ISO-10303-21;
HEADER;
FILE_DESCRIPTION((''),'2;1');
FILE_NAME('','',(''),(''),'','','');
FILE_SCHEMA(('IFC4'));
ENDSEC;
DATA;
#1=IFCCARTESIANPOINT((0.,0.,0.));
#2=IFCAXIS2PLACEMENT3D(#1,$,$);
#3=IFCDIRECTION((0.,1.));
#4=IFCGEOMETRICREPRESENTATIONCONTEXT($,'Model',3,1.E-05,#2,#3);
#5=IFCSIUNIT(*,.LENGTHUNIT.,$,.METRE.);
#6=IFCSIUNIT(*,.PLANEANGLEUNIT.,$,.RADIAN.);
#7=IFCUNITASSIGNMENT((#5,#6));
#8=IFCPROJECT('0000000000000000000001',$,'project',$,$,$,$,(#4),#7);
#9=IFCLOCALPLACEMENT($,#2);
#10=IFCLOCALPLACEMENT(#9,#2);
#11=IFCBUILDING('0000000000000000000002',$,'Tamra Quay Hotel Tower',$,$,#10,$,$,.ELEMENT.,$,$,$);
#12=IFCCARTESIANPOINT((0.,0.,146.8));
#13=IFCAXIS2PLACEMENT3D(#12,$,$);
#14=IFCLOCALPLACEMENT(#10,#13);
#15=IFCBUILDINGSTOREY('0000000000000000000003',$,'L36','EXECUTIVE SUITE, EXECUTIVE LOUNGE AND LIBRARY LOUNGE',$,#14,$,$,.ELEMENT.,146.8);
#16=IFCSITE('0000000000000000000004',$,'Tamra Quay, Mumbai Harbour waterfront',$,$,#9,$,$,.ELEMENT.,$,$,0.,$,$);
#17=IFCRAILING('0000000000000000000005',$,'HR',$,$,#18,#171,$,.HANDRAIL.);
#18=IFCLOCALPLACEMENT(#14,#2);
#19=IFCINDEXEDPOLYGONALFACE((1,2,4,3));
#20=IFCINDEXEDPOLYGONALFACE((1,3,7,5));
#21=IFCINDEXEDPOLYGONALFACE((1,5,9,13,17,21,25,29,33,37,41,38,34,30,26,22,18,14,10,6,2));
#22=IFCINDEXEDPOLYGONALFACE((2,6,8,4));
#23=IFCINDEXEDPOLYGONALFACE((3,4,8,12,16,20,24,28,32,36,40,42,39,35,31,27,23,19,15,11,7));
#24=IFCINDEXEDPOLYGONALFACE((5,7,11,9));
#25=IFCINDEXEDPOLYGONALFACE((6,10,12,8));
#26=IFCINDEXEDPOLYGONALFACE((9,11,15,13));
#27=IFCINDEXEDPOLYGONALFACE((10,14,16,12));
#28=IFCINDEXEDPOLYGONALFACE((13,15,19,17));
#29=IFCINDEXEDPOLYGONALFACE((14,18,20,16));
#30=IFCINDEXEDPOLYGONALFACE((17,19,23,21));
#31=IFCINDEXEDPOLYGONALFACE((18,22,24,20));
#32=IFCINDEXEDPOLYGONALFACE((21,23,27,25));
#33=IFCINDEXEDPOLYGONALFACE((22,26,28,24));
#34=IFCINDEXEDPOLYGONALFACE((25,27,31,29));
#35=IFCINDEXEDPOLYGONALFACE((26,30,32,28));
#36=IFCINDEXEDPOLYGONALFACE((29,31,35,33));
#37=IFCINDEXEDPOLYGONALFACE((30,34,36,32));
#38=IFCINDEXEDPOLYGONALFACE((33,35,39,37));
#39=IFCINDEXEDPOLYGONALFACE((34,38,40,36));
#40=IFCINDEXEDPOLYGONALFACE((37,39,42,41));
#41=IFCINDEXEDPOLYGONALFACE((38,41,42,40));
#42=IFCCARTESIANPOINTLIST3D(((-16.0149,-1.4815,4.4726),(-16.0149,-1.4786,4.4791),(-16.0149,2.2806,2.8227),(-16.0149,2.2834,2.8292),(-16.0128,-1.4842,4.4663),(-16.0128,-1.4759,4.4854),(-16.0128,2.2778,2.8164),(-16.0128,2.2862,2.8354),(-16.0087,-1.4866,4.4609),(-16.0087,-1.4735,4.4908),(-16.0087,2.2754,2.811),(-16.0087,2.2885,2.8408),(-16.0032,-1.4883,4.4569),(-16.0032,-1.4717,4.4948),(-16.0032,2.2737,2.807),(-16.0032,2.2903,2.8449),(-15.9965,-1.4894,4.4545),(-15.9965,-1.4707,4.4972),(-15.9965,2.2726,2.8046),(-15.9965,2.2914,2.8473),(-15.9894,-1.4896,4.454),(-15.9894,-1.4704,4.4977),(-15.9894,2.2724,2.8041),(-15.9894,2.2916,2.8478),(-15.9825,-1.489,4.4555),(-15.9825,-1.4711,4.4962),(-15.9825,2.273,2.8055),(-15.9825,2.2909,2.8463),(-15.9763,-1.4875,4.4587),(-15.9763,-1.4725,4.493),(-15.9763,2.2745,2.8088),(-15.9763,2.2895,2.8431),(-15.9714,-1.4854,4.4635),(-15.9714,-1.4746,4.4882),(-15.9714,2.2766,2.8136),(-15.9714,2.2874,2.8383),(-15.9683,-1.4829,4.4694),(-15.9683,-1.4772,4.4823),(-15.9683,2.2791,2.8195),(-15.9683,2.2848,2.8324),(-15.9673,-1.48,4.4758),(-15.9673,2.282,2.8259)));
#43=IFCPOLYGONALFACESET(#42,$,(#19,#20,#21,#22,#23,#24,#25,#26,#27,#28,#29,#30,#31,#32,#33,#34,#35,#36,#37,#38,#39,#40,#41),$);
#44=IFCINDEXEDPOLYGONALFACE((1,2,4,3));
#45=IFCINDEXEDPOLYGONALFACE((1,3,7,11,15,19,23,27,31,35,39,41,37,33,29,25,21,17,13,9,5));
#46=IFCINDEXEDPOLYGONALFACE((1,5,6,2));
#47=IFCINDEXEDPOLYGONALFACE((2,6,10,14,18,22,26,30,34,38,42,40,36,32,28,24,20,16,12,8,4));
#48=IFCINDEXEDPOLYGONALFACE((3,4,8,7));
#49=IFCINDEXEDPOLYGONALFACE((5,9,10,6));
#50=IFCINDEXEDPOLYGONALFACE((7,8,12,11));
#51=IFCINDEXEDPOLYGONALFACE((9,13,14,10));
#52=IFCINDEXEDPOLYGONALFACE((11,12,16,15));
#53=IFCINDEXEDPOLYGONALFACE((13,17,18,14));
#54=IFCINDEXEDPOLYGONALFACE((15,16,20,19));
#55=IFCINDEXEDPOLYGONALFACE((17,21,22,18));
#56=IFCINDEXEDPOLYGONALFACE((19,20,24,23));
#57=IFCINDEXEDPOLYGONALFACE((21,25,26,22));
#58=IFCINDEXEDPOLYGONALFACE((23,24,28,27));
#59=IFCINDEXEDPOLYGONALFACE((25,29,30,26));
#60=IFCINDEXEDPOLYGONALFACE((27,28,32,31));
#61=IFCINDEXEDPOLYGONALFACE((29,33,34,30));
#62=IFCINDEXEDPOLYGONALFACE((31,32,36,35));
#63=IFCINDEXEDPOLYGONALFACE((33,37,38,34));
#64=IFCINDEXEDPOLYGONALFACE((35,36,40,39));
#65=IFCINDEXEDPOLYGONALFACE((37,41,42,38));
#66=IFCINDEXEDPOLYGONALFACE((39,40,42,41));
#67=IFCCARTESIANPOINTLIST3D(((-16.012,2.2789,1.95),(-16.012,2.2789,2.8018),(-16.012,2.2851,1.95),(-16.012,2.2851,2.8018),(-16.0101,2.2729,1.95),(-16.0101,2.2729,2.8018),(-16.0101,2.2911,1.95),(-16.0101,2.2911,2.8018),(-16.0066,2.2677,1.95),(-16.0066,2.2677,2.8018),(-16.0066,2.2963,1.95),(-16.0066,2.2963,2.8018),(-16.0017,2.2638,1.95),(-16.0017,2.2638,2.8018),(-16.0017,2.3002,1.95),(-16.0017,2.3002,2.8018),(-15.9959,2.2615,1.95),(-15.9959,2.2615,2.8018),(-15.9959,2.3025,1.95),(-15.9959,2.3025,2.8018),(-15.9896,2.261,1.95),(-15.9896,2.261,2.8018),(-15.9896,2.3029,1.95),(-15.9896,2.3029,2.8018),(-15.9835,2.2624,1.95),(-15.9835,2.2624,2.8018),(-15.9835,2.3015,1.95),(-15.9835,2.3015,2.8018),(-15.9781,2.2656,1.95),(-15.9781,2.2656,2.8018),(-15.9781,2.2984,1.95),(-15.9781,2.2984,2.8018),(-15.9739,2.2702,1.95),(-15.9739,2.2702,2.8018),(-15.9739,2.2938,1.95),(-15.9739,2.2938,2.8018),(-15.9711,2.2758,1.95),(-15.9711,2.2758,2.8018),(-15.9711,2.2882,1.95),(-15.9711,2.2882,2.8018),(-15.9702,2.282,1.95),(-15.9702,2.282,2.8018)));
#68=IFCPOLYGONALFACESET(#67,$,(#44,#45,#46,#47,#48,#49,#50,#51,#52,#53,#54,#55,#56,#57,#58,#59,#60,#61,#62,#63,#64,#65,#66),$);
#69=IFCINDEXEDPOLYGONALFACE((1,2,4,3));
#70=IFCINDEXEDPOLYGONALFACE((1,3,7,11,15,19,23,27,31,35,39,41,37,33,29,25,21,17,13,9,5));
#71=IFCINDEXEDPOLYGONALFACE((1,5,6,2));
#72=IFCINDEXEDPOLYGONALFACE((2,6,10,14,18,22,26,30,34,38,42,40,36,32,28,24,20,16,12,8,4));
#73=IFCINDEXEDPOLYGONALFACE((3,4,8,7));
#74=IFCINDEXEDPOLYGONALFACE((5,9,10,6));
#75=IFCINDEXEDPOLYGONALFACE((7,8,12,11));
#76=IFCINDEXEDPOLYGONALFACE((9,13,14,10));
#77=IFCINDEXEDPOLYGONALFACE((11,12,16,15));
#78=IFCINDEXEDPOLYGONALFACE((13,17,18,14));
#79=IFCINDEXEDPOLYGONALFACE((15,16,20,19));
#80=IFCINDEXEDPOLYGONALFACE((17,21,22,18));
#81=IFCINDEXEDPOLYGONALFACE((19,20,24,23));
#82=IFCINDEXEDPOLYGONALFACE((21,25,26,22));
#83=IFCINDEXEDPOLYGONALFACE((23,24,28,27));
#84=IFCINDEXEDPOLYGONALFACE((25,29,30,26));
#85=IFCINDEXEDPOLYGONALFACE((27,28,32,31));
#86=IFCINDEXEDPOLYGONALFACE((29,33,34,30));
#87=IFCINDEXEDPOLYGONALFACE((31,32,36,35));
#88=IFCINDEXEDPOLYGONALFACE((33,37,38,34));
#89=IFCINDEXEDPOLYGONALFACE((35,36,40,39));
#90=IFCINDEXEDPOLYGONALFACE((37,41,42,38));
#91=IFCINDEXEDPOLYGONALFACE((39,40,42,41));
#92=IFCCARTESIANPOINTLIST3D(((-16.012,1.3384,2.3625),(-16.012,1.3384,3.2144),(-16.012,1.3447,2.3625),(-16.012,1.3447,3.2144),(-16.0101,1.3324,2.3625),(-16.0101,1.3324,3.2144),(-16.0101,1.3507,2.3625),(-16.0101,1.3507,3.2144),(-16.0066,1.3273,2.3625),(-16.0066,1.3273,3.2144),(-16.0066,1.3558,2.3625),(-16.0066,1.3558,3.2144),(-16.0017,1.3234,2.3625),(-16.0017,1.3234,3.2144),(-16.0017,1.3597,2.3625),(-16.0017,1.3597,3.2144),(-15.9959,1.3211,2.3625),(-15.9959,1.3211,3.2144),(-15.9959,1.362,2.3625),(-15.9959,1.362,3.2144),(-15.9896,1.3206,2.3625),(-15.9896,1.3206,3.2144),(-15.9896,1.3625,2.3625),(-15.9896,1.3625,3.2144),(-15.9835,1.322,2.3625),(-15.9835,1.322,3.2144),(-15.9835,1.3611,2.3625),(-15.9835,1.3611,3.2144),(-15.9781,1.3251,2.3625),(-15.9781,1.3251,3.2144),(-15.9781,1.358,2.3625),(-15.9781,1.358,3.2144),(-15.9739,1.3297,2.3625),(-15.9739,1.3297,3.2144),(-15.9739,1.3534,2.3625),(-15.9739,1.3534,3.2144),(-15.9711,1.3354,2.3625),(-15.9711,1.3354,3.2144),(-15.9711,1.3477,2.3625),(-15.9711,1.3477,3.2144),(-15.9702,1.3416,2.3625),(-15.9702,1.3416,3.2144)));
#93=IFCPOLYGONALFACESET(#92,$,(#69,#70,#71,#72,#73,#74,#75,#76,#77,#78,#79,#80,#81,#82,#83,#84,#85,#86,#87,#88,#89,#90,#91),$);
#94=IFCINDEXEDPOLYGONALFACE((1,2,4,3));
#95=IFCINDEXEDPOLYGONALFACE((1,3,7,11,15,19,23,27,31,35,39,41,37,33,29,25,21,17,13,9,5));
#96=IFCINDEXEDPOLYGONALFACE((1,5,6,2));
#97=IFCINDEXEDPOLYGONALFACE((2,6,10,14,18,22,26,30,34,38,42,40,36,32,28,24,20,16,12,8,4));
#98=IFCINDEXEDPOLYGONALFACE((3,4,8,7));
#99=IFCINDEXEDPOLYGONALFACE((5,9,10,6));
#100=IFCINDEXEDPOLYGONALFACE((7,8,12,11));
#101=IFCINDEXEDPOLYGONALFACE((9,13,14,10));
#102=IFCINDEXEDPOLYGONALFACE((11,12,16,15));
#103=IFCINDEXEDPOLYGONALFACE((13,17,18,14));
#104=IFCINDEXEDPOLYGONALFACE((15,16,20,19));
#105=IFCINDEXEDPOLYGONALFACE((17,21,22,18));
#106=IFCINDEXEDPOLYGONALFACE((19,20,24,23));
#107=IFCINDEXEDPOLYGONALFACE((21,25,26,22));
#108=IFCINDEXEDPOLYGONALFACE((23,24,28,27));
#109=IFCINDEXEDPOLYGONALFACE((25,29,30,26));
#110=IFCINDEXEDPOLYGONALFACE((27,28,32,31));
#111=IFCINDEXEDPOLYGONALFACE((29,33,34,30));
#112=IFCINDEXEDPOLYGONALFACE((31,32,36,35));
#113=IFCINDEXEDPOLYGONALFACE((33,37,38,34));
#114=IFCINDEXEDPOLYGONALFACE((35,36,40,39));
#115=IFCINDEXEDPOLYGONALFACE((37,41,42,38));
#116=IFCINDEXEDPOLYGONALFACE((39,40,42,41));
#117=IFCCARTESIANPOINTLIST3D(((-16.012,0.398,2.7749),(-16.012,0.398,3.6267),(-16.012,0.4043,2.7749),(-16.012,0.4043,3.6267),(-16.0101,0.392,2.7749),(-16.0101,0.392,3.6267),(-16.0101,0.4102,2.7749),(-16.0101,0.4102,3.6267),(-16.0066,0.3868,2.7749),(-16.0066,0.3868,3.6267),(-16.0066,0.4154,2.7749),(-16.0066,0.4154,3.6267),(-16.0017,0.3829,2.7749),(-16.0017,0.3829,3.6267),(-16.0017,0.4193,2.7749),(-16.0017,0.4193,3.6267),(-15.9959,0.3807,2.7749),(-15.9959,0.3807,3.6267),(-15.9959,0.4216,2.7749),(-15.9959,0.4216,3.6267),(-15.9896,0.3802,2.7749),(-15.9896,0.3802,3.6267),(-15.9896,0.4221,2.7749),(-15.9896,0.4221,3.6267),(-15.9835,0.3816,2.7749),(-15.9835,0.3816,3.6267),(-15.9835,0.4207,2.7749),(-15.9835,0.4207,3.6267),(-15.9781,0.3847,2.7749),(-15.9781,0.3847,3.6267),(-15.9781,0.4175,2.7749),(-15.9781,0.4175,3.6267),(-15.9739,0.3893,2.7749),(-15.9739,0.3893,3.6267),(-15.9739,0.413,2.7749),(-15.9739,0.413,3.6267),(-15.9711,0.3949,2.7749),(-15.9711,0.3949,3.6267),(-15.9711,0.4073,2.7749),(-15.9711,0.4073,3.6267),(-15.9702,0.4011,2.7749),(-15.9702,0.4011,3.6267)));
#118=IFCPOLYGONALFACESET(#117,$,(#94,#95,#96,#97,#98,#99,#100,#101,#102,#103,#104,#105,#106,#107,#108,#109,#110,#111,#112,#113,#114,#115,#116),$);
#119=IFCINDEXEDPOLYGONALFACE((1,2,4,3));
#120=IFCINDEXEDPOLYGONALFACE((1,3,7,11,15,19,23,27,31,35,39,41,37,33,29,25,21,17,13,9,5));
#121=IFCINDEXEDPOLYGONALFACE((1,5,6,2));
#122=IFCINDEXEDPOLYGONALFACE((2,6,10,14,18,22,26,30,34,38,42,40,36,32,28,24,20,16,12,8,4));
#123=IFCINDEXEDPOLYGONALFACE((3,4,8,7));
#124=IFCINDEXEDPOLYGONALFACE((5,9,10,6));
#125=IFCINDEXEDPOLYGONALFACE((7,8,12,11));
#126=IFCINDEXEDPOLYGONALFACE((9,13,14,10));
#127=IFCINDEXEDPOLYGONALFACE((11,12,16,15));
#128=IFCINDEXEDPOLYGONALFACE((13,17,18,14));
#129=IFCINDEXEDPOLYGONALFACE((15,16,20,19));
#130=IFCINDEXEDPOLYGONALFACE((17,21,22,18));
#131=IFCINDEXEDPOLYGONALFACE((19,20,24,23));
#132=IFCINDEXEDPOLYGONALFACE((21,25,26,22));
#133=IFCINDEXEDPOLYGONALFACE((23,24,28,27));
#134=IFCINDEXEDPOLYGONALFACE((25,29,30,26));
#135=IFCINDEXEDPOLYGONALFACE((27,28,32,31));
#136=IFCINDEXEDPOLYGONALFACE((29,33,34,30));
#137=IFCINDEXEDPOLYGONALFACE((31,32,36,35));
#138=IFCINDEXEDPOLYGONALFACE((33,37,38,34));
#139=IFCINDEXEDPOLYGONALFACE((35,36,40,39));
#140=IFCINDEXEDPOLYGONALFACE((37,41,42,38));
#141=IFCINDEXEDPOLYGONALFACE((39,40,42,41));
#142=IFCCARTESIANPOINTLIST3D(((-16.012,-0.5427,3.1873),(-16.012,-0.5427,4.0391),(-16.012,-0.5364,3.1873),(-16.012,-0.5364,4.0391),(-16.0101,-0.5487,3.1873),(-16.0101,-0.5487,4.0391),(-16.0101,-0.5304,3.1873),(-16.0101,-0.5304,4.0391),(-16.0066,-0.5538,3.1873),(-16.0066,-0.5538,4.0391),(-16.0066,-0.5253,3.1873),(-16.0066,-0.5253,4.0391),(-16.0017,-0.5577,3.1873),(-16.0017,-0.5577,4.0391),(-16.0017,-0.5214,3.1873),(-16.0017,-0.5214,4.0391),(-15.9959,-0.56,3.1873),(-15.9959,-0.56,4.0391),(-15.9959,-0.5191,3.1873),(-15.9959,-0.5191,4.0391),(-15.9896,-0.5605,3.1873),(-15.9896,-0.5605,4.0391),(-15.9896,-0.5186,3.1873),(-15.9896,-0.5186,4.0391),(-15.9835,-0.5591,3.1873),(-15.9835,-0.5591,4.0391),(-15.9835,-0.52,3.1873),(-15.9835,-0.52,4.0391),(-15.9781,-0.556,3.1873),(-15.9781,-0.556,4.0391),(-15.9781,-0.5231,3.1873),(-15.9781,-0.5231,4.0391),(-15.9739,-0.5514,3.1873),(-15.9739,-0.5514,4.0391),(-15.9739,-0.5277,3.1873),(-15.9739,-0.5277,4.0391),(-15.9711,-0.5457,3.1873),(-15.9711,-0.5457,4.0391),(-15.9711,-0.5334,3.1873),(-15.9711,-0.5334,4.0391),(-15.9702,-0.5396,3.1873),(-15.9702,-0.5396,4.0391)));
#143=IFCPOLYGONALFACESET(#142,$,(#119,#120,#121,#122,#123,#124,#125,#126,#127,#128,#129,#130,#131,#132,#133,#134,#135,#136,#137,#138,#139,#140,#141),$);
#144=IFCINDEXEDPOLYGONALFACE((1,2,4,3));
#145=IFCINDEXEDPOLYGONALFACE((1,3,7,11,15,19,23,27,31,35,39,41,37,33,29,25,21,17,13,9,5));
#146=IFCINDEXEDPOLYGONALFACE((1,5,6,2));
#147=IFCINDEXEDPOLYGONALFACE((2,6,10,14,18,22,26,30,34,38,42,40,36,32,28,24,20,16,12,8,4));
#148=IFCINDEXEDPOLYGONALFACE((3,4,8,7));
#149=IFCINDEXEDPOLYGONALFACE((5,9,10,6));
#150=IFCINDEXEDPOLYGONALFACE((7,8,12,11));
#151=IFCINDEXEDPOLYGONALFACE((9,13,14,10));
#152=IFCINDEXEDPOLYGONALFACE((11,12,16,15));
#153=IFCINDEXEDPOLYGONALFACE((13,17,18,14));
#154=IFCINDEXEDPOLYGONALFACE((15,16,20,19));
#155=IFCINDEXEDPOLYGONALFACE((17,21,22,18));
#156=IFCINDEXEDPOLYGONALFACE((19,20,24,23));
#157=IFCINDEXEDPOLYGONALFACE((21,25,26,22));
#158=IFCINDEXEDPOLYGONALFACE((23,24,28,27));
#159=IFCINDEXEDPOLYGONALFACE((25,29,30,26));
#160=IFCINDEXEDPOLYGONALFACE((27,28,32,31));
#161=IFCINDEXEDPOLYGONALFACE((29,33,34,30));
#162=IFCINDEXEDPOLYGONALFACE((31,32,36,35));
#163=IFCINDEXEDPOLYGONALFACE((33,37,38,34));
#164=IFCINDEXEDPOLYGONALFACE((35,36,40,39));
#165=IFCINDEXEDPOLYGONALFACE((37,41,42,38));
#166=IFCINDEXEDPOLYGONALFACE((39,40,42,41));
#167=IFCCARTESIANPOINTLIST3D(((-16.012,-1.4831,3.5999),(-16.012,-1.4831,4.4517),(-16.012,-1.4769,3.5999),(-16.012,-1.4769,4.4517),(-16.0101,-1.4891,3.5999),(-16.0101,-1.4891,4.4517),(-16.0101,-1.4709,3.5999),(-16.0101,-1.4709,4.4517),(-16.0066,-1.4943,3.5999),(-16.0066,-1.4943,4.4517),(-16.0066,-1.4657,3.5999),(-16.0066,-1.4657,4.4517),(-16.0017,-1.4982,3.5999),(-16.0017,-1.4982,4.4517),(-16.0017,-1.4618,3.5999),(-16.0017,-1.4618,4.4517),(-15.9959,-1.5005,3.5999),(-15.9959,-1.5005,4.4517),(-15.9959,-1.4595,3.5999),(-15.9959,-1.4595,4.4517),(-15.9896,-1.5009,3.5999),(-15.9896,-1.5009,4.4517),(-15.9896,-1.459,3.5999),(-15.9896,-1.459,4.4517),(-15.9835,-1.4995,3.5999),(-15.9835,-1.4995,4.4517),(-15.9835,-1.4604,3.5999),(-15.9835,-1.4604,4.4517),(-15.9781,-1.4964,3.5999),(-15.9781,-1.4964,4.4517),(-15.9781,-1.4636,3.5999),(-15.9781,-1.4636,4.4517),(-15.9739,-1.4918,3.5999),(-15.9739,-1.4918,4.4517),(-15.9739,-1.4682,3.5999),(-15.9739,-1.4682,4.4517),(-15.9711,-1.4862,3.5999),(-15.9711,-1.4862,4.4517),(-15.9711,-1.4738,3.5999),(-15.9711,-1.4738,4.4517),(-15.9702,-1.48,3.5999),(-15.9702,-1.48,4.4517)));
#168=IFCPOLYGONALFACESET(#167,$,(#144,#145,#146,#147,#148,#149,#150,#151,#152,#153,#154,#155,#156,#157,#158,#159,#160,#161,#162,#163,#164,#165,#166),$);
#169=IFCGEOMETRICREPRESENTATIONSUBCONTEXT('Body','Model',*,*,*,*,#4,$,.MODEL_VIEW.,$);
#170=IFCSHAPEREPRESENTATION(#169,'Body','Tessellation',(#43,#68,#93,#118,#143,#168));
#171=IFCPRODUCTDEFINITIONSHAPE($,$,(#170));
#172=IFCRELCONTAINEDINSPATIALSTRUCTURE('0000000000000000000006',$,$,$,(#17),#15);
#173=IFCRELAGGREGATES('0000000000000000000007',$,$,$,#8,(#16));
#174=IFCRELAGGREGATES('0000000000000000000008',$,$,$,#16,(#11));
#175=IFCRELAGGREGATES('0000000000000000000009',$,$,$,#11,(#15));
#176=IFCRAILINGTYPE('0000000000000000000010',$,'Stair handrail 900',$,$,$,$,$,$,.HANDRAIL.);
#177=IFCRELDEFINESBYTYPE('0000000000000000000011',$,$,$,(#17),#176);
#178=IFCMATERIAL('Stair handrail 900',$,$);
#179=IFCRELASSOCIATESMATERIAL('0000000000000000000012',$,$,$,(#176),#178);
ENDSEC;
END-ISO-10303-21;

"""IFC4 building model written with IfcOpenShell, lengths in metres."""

from ifc_helpers import new_model, si_unit, direction, frame, origin, origin_2d, place, context, subcontext, project, spatial, circle, extrude, material, type_object, element, save


model = new_model("IFC4")

# Units and contexts
model_context = context("Model", 3, precision=1e-05, world=origin(), true_north=direction((0.0, 1.0)))
body_context = subcontext(model_context, "Body", "Model", "MODEL_VIEW")
ifc_project = project(units=[si_unit("LENGTHUNIT", "METRE"), si_unit("PLANEANGLEUNIT", "RADIAN")], contexts=[model_context])

# Site, building, storey
site_placement = place(None, origin())
site = spatial("IfcSite", under=ifc_project, at=site_placement, Name="Tamra Quay, Mumbai Harbour waterfront", CompositionType="ELEMENT", RefElevation=0.0)
building_placement = place(site_placement, origin())
building = spatial("IfcBuilding", under=site, at=building_placement, Name="Tamra Quay Hotel Tower", CompositionType="ELEMENT")
storey_placement = place(building_placement, frame((0.0, 0.0, 146.8)))
storey = spatial("IfcBuildingStorey", under=building, at=storey_placement, Name="L36", Description="EXECUTIVE SUITE, EXECUTIVE LOUNGE AND LIBRARY LOUNGE", CompositionType="ELEMENT", Elevation=146.8)

# Railing
ifc_material_1 = material(Name="Stair handrail 900")
railing_type = type_object("IfcRailingType", Name="Stair handrail 900", PredefinedType="HANDRAIL", material=ifc_material_1)
railing_placement = place(storey_placement, frame((-15.9912, 2.282, 1.95)))
element("IfcRailing", 1, at=railing_placement, inside=storey, type_object=railing_type, Name="HR", PredefinedType="HANDRAIL", context=body_context, shape_type="SweptSolid", body=[
    extrude(circle(Radius=0.0239, at=origin_2d()), frame((0.0, 0.0, 0.876), z_axis=(0.0, -0.915795, 0.401645), x_axis=(1.0, 0.0, 0.0)), (0.0, 0.0, 1.0), 4.1079),
    extrude(circle(Radius=0.021, at=origin_2d()), origin(), (0.0, 0.0, 1.0), 0.8518),
    extrude(circle(Radius=0.021, at=origin_2d()), frame((0.0, -0.9404, 0.4126)), (0.0, 0.0, 1.0), 0.8518),
    extrude(circle(Radius=0.021, at=origin_2d()), frame((0.0, -1.8809, 0.825)), (0.0, 0.0, 1.0), 0.8518),
    extrude(circle(Radius=0.021, at=origin_2d()), frame((0.0, -2.8215, 1.2373)), (0.0, 0.0, 1.0), 0.8518),
    extrude(circle(Radius=0.021, at=origin_2d()), frame((0.0, -3.762, 1.6499)), (0.0, 0.0, 1.0), 0.8518),
])

save(model, "model.ifc")
